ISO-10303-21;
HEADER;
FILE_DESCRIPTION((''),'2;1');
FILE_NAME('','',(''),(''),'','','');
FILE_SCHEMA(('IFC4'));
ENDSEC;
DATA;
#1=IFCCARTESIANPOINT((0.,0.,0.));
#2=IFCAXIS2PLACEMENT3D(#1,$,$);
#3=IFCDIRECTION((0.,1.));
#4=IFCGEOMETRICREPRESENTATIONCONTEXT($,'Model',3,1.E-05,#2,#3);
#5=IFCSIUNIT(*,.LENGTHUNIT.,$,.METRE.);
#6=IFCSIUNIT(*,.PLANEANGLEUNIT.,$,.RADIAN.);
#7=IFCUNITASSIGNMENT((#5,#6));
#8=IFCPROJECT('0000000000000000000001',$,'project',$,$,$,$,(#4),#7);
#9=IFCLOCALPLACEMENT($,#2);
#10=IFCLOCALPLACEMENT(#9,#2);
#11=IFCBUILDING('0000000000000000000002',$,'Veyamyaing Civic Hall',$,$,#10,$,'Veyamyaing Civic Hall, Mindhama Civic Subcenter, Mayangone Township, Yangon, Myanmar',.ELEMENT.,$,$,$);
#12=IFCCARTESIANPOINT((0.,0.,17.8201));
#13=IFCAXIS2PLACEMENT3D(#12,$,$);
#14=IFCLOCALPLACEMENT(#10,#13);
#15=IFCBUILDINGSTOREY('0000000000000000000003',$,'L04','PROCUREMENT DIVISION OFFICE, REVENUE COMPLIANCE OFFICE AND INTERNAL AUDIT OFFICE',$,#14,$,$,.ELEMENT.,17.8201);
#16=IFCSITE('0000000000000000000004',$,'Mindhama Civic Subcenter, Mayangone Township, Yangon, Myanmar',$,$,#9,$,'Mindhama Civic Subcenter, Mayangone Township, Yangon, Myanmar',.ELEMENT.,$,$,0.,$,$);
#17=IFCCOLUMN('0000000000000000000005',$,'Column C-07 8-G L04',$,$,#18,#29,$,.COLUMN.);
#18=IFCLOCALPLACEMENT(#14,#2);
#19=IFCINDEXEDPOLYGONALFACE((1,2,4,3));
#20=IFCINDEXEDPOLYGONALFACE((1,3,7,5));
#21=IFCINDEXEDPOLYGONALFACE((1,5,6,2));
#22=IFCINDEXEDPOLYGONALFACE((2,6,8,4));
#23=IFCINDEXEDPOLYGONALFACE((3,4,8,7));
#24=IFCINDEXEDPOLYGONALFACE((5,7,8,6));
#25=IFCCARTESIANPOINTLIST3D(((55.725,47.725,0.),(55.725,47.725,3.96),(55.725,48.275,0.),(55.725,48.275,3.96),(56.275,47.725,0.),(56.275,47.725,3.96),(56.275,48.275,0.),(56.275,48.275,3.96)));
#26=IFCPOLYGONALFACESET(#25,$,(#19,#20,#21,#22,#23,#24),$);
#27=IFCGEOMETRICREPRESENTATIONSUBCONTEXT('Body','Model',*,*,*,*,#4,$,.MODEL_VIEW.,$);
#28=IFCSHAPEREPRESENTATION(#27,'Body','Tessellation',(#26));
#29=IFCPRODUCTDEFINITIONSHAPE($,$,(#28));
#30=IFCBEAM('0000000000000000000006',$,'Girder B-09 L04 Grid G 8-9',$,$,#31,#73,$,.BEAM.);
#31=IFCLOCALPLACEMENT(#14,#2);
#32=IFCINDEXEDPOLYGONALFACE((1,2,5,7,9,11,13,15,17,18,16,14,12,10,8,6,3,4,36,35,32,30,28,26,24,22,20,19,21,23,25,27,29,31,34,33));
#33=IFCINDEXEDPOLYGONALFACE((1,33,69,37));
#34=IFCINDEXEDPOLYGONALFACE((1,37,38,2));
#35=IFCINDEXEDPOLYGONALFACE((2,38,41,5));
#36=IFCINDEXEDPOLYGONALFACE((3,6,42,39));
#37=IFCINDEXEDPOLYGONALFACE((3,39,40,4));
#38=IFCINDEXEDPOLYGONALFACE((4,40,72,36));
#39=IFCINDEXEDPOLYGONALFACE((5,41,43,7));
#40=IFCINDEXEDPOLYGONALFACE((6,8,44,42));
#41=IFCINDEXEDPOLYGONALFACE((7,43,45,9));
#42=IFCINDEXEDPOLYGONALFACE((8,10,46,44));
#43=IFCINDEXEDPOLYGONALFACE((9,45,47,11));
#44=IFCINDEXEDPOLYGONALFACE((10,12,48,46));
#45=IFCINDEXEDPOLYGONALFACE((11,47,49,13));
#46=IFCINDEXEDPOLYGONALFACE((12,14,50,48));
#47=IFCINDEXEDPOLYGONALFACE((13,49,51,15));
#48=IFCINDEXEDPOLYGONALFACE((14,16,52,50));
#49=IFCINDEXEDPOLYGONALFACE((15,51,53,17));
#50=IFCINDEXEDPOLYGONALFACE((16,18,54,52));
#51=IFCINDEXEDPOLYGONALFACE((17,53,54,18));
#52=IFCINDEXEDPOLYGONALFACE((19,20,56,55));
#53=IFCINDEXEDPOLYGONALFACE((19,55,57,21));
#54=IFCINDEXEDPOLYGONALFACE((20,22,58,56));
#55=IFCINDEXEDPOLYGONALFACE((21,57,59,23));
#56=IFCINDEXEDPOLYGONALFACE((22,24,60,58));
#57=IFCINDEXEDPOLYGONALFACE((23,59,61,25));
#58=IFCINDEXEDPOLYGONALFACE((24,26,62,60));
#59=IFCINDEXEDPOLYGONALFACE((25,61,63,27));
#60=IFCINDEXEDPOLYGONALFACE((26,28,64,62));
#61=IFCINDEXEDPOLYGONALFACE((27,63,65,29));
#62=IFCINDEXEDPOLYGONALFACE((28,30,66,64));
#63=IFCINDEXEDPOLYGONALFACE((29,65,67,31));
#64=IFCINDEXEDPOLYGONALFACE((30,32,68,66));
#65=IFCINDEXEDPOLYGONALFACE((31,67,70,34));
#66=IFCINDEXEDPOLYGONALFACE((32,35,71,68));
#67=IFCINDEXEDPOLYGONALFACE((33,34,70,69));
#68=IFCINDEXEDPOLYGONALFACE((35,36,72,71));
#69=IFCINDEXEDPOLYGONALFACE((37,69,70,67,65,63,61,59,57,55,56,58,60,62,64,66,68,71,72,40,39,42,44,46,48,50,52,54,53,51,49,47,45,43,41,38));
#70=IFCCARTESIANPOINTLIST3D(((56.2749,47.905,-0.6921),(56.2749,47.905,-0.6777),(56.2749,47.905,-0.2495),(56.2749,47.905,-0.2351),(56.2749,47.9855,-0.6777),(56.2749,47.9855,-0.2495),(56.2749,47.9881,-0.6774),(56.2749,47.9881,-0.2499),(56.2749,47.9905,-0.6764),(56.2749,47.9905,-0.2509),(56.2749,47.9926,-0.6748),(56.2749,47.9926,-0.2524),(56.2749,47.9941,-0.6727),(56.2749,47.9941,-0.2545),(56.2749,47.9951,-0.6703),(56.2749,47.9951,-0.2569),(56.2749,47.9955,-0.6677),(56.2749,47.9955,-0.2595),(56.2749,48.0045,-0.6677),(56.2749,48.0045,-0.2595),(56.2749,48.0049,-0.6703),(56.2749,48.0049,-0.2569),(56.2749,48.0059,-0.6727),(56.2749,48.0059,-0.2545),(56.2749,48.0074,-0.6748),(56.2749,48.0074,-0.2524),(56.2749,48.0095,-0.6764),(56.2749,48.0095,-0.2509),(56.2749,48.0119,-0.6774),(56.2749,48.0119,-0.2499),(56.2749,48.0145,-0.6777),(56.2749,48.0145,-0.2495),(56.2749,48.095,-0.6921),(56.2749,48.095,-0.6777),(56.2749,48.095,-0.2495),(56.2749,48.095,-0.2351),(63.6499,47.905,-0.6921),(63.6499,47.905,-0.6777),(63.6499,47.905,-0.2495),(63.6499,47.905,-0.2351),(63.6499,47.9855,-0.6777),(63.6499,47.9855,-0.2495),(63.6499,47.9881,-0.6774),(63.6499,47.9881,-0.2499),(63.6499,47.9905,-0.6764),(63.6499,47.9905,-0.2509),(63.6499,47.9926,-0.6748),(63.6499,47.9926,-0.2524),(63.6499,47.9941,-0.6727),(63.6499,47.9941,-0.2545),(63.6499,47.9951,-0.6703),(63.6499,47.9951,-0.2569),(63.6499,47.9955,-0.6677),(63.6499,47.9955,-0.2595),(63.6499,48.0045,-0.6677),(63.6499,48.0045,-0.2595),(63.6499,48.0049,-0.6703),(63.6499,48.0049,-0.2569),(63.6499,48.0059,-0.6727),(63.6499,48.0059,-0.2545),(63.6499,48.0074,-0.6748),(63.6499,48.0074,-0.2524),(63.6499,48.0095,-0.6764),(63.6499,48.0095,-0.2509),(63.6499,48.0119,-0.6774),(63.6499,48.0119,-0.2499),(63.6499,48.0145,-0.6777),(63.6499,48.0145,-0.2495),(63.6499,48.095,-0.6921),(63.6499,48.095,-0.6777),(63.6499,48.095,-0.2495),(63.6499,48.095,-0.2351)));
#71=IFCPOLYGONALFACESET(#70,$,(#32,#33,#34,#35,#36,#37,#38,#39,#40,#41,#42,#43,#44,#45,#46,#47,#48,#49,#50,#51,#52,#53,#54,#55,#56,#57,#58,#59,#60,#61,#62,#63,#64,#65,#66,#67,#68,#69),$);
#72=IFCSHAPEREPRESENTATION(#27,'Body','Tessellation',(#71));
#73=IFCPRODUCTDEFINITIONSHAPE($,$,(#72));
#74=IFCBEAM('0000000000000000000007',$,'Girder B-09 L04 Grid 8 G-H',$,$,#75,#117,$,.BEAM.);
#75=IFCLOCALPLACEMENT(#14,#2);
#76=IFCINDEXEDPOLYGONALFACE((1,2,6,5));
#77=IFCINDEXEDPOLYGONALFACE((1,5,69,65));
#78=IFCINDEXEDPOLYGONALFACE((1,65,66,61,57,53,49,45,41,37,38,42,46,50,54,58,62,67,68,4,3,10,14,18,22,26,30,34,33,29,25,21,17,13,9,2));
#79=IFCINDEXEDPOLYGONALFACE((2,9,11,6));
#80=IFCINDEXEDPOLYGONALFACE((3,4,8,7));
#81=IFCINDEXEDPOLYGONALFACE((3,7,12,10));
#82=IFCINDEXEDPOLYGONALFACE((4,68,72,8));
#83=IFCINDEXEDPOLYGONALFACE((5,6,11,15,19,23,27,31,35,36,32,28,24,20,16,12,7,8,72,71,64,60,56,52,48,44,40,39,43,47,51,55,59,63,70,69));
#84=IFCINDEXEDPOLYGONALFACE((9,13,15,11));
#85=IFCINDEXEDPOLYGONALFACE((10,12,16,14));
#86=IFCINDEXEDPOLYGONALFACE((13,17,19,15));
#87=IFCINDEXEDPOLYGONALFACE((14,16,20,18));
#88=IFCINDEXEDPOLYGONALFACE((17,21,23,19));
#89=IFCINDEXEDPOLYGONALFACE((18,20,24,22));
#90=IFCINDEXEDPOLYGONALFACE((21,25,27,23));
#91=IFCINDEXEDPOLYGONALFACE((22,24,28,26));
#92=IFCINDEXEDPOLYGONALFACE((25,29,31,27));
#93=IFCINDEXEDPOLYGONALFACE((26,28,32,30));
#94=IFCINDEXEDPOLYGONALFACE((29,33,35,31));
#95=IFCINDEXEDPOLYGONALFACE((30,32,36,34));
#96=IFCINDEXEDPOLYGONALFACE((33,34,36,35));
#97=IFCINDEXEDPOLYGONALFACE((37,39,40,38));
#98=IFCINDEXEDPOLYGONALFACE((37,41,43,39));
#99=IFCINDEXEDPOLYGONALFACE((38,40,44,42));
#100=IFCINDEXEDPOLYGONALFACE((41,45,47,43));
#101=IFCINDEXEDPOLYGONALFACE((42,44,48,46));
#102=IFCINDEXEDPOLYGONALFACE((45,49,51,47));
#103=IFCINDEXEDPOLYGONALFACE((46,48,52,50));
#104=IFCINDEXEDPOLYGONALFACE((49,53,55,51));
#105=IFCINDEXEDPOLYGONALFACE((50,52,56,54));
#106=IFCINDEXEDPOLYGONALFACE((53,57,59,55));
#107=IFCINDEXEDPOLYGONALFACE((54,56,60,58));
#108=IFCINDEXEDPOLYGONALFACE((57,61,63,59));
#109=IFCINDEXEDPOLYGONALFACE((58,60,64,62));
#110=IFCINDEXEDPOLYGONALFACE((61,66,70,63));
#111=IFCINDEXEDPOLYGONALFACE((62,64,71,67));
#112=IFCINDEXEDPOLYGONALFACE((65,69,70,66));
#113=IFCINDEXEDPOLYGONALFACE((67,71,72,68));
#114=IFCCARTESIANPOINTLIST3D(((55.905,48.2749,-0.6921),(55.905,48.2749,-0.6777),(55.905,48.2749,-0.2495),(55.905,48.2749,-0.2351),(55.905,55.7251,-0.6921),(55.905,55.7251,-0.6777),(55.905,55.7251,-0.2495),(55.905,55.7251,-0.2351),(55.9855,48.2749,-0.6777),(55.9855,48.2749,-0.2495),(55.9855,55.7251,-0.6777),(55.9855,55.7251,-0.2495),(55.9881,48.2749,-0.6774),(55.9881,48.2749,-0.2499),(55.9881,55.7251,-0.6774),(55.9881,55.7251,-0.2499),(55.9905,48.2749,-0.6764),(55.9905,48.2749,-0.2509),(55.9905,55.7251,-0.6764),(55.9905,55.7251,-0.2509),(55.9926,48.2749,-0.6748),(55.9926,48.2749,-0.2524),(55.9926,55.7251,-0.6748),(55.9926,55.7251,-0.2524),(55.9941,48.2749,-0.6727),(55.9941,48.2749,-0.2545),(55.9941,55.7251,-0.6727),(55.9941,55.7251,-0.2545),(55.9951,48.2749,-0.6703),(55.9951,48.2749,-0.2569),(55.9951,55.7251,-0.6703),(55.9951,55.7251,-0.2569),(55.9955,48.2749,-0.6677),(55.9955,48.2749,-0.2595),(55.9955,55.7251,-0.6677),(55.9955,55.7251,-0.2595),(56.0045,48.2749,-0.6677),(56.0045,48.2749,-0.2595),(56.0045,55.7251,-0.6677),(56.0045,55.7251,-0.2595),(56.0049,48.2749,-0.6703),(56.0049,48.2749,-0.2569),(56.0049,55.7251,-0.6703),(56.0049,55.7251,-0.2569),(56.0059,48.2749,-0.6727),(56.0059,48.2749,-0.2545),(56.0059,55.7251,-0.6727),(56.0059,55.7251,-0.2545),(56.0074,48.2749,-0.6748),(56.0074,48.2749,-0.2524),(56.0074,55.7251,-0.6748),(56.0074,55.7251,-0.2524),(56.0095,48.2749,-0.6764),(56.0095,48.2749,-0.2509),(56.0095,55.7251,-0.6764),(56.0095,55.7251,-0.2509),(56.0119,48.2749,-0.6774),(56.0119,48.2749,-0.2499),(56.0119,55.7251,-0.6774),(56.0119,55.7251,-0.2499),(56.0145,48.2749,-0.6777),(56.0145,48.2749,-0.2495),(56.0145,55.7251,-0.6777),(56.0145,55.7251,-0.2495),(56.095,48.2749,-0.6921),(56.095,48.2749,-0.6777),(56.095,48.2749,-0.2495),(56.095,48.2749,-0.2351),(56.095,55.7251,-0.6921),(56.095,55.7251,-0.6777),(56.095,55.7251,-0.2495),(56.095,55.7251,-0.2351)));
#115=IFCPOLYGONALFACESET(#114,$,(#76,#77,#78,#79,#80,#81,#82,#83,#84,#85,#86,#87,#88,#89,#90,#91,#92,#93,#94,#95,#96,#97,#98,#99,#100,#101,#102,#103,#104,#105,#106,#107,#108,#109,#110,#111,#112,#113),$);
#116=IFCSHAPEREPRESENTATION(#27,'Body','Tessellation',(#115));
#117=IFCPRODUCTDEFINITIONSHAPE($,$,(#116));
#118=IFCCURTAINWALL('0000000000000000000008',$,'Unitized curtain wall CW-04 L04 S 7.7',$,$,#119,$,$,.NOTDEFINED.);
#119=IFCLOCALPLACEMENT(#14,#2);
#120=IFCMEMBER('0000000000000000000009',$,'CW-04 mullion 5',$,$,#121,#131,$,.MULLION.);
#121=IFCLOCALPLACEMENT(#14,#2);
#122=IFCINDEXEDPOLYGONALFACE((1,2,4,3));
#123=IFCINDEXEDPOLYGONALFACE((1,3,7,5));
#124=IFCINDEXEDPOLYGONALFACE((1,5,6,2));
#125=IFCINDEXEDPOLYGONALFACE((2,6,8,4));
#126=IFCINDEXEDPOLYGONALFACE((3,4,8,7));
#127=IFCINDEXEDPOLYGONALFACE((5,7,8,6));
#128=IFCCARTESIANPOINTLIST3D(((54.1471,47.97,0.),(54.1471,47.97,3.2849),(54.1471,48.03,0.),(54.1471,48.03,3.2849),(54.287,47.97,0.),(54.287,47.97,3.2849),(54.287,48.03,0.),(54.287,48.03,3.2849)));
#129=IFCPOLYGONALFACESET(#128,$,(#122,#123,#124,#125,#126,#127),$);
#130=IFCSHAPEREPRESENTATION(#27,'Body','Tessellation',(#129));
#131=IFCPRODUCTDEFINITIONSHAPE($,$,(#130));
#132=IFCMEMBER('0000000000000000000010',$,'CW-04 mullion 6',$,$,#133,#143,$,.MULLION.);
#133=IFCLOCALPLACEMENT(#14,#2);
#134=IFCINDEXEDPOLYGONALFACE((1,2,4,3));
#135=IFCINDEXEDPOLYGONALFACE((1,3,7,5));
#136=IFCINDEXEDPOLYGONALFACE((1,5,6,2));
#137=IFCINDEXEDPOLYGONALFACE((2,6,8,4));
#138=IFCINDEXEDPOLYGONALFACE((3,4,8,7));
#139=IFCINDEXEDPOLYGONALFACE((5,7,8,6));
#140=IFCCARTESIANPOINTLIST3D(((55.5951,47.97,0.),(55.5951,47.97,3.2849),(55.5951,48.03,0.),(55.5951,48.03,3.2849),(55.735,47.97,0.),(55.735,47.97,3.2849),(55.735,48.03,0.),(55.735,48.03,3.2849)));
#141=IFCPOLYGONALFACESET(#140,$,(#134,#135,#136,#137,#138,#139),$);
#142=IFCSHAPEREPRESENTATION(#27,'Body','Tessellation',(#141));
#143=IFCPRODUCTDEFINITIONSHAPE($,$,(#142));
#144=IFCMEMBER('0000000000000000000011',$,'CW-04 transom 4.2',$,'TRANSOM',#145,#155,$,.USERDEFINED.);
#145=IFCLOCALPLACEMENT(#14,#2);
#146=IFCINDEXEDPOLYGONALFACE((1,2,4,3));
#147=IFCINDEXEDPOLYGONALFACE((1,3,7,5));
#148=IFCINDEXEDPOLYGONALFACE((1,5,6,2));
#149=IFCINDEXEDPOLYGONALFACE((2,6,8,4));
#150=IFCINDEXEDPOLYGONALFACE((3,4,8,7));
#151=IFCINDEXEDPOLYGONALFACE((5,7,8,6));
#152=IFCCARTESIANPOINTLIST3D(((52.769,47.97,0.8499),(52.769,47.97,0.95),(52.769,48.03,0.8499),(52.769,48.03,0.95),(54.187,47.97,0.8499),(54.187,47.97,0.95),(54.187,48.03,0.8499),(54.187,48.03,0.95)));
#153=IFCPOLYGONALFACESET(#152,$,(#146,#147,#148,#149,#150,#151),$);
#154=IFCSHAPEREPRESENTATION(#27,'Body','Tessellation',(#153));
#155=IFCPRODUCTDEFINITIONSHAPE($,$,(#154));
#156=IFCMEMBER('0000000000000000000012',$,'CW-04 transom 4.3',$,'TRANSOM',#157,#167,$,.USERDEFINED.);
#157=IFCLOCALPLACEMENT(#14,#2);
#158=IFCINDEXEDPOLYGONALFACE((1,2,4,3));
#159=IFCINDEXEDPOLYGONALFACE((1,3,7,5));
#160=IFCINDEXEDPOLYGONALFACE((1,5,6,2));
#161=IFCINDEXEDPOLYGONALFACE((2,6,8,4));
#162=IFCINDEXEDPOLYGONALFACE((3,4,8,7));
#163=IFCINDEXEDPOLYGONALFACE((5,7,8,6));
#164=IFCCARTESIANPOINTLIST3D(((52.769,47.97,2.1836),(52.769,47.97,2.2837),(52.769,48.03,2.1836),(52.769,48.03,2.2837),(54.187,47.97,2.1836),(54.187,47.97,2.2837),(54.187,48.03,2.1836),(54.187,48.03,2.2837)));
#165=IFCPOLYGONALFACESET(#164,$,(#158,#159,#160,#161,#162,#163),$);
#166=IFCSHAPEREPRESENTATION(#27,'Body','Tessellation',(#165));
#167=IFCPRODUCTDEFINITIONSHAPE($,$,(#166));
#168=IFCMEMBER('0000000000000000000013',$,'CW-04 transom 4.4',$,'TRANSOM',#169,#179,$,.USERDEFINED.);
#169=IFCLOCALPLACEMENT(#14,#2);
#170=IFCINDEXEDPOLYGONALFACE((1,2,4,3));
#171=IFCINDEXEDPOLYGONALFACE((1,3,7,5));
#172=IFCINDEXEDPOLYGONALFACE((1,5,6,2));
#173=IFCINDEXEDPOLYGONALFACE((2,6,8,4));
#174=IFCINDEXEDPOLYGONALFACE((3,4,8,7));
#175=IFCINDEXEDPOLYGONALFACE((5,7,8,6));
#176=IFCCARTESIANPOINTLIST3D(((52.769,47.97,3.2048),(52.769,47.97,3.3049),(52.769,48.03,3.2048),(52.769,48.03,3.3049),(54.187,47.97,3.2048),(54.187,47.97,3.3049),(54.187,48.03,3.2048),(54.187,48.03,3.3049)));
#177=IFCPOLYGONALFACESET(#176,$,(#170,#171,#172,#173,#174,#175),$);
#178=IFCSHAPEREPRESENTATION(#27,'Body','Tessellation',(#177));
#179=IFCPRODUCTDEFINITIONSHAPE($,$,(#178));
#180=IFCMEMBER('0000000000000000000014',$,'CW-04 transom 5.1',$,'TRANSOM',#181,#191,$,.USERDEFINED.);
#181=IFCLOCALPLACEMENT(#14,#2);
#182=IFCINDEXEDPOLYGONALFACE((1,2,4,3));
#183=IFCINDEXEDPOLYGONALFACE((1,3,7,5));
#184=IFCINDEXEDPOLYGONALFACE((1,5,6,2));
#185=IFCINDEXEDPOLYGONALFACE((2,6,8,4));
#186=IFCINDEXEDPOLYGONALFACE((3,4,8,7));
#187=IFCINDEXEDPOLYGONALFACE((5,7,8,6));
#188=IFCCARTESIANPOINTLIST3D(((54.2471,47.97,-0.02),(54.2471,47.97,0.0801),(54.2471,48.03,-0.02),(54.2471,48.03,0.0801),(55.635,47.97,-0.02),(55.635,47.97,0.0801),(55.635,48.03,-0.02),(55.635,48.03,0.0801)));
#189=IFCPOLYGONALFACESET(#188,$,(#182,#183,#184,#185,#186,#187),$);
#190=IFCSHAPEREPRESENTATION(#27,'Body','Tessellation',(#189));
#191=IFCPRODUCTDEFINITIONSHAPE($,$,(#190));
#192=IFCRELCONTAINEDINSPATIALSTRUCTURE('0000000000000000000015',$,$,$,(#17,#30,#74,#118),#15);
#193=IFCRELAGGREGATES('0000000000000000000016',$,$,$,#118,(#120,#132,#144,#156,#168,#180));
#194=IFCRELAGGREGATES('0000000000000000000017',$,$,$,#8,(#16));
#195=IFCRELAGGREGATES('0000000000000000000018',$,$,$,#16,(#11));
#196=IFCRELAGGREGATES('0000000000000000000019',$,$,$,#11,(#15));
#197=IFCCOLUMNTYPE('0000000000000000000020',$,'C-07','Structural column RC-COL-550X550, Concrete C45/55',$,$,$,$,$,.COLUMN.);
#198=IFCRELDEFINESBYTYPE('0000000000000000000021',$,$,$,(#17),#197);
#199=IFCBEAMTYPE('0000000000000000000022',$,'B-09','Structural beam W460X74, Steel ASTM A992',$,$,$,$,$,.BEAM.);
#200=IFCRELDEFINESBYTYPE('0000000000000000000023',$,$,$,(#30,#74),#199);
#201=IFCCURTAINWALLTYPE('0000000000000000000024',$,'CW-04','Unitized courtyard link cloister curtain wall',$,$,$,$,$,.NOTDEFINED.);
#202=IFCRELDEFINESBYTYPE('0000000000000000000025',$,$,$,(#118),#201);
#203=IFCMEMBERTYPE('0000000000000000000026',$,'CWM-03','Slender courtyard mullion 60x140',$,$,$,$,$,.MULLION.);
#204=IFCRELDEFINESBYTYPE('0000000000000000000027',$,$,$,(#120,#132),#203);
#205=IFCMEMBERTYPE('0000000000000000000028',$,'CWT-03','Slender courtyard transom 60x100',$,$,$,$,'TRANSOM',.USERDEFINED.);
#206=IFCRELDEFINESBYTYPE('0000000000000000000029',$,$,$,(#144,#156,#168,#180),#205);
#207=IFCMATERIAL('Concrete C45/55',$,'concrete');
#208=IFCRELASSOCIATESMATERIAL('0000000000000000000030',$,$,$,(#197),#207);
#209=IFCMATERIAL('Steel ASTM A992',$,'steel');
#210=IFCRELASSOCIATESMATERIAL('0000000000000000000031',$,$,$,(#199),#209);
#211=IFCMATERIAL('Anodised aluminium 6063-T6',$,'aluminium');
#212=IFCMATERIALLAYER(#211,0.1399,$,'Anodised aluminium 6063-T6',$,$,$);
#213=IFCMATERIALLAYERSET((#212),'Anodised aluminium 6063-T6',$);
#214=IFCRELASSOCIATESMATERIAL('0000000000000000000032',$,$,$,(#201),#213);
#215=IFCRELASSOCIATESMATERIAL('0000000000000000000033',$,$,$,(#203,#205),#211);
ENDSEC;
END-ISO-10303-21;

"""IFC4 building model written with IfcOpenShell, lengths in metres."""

from ifc_helpers import new_model, si_unit, direction, frame, origin, origin_2d, place, context, subcontext, project, spatial, rectangle, i_section, extrude, material, layer, layer_set, material_profile, profile_set, type_object, element, aggregate, save


model = new_model("IFC4")

# Units and contexts
model_context = context("Model", 3, precision=1e-05, world=origin(), true_north=direction((0.0, 1.0)))
body_context = subcontext(model_context, "Body", "Model", "MODEL_VIEW")
ifc_project = project(units=[si_unit("LENGTHUNIT", "METRE"), si_unit("PLANEANGLEUNIT", "RADIAN")], contexts=[model_context])

# Site, building, storey
site_placement = place(None, origin())
site = spatial("IfcSite", under=ifc_project, at=site_placement, Name="Mindhama Civic Subcenter, Mayangone Township, Yangon, Myanmar", LongName="Mindhama Civic Subcenter, Mayangone Township, Yangon, Myanmar", CompositionType="ELEMENT", RefElevation=0.0)
building_placement = place(site_placement, origin())
building = spatial("IfcBuilding", under=site, at=building_placement, Name="Veyamyaing Civic Hall", LongName="Veyamyaing Civic Hall, Mindhama Civic Subcenter, Mayangone Township, Yangon, Myanmar", CompositionType="ELEMENT")
storey_placement = place(building_placement, frame((0.0, 0.0, 17.8201)))
storey = spatial("IfcBuildingStorey", under=building, at=storey_placement, Name="L04", Description="PROCUREMENT DIVISION OFFICE, REVENUE COMPLIANCE OFFICE AND INTERNAL AUDIT OFFICE", CompositionType="ELEMENT", Elevation=17.8201)

# Column
ifc_material_1 = material(Name="Concrete C45/55", Category="concrete")
ifc_material_profile_1 = material_profile(ifc_material_1, rectangle(XDim=0.55, YDim=0.55, at=origin_2d()), Name="RC-COL-550X550")
ifc_profile_set_1 = profile_set([ifc_material_profile_1], Name="Concrete C45/55")
column_type = type_object("IfcColumnType", Name="C-07", Description="Structural column RC-COL-550X550, Concrete C45/55", PredefinedType="COLUMN", material=ifc_profile_set_1)
column_placement = place(storey_placement, frame((56.0, 48.0, 0.0), z_axis=(0.0, 0.0, 1.0), x_axis=(1.0, 0.0, 0.0)))
element("IfcColumn", 1, at=column_placement, inside=storey, type_object=column_type, Name="Column C-07 8-G L04", PredefinedType="COLUMN", context=body_context, shape_type="SweptSolid", body=[
    extrude(rectangle(XDim=0.55, YDim=0.55, at=origin_2d()), origin(), (0.0, 0.0, 1.0), 3.96),
])

# Beams
ifc_material_2 = material(Name="Steel ASTM A992", Category="steel")
ifc_material_profile_2 = material_profile(ifc_material_2, i_section(OverallWidth=0.1899, OverallDepth=0.457, WebThickness=0.009, FlangeThickness=0.0144, FilletRadius=0.01, at=origin_2d()), Name="W460X74")
ifc_profile_set_2 = profile_set([ifc_material_profile_2], Name="Steel ASTM A992")
beam_type_1 = type_object("IfcBeamType", Name="B-09", Description="Structural beam W460X74, Steel ASTM A992", PredefinedType="BEAM", material=ifc_profile_set_2)
beam_1_placement = place(storey_placement, frame((56.2749, 48.0, -0.4636), z_axis=(1.0, 0.0, 0.0), x_axis=(0.0, 1.0, 0.0)))
element("IfcBeam", 2, at=beam_1_placement, inside=storey, type_object=beam_type_1, Name="Girder B-09 L04 Grid G 8-9", PredefinedType="BEAM", context=body_context, shape_type="SweptSolid", body=[
    extrude(i_section(OverallWidth=0.1899, OverallDepth=0.457, WebThickness=0.009, FlangeThickness=0.0144, FilletRadius=0.01, at=origin_2d()), origin(), (0.0, 0.0, 1.0), 7.375),
])
beam_2_placement = place(storey_placement, frame((56.0, 48.2749, -0.4636), z_axis=(0.0, 1.0, 0.0), x_axis=(-1.0, 0.0, 0.0)))
element("IfcBeam", 3, at=beam_2_placement, inside=storey, type_object=beam_type_1, Name="Girder B-09 L04 Grid 8 G-H", PredefinedType="BEAM", context=body_context, shape_type="SweptSolid", body=[
    extrude(i_section(OverallWidth=0.1899, OverallDepth=0.457, WebThickness=0.009, FlangeThickness=0.0144, FilletRadius=0.01, at=origin_2d()), origin(), (0.0, 0.0, 1.0), 7.4502),
])

# Curtain wall, members
ifc_material_3 = material(Name="Anodised aluminium 6063-T6", Category="aluminium")
ifc_layer_1 = layer(ifc_material_3, 0.1399, Name="Anodised aluminium 6063-T6")
ifc_layer_set_1 = layer_set([ifc_layer_1], Name="Anodised aluminium 6063-T6")
curtain_wall_type = type_object("IfcCurtainWallType", Name="CW-04", Description="Unitized courtyard link cloister curtain wall", PredefinedType="NOTDEFINED", material=ifc_layer_set_1)
curtain_wall_1_placement = place(storey_placement, origin())
curtain_wall_1 = element("IfcCurtainWall", 4, at=curtain_wall_1_placement, inside=storey, type_object=curtain_wall_type, Name="Unitized curtain wall CW-04 L04 S 7.7", PredefinedType="NOTDEFINED")
ifc_material_profile_3 = material_profile(ifc_material_3, rectangle(XDim=0.0601, YDim=0.1399, at=origin_2d()), Name="ALU-MUL-60X140")
ifc_profile_set_3 = profile_set([ifc_material_profile_3], Name="Anodised aluminium 6063-T6")
member_type_1 = type_object("IfcMemberType", Name="CWM-03", Description="Slender courtyard mullion 60x140", PredefinedType="MULLION", material=ifc_profile_set_3)
member_1_placement = place(storey_placement, frame((54.217, 48.0, 0.0), z_axis=(0.0, 0.0, 1.0), x_axis=(0.0, 1.0, 0.0)))
member_1 = element("IfcMember", 5, at=member_1_placement, type_object=member_type_1, Name="CW-04 mullion 5", PredefinedType="MULLION", context=body_context, shape_type="SweptSolid", body=[
    extrude(rectangle(XDim=0.0601, YDim=0.1399, at=origin_2d()), origin(), (0.0, 0.0, 1.0), 3.2849),
])
member_2_placement = place(storey_placement, frame((55.665, 48.0, 0.0), z_axis=(0.0, 0.0, 1.0), x_axis=(0.0, 1.0, 0.0)))
member_2 = element("IfcMember", 6, at=member_2_placement, type_object=member_type_1, Name="CW-04 mullion 6", PredefinedType="MULLION", context=body_context, shape_type="SweptSolid", body=[
    extrude(rectangle(XDim=0.0601, YDim=0.1399, at=origin_2d()), origin(), (0.0, 0.0, 1.0), 3.2849),
])
ifc_material_profile_4 = material_profile(ifc_material_3, rectangle(XDim=0.0601, YDim=0.1001, at=origin_2d()), Name="ALU-TRN-60X100")
ifc_profile_set_4 = profile_set([ifc_material_profile_4], Name="Anodised aluminium 6063-T6")
member_type_2 = type_object("IfcMemberType", Name="CWT-03", Description="Slender courtyard transom 60x100", ElementType="TRANSOM", PredefinedType="USERDEFINED", material=ifc_profile_set_4)
member_3_placement = place(storey_placement, frame((52.769, 48.0, 0.8999), z_axis=(1.0, 0.0, 0.0), x_axis=(0.0, 1.0, 0.0)))
member_3 = element("IfcMember", 7, at=member_3_placement, type_object=member_type_2, Name="CW-04 transom 4.2", ObjectType="TRANSOM", PredefinedType="USERDEFINED", context=body_context, shape_type="SweptSolid", body=[
    extrude(rectangle(XDim=0.0601, YDim=0.1001, at=origin_2d()), origin(), (0.0, 0.0, 1.0), 1.418),
])
member_4_placement = place(storey_placement, frame((52.769, 48.0, 2.2336), z_axis=(1.0, 0.0, 0.0), x_axis=(0.0, 1.0, 0.0)))
member_4 = element("IfcMember", 8, at=member_4_placement, type_object=member_type_2, Name="CW-04 transom 4.3", ObjectType="TRANSOM", PredefinedType="USERDEFINED", context=body_context, shape_type="SweptSolid", body=[
    extrude(rectangle(XDim=0.0601, YDim=0.1001, at=origin_2d()), origin(), (0.0, 0.0, 1.0), 1.418),
])
member_5_placement = place(storey_placement, frame((52.769, 48.0, 3.2549), z_axis=(1.0, 0.0, 0.0), x_axis=(0.0, 1.0, 0.0)))
member_5 = element("IfcMember", 9, at=member_5_placement, type_object=member_type_2, Name="CW-04 transom 4.4", ObjectType="TRANSOM", PredefinedType="USERDEFINED", context=body_context, shape_type="SweptSolid", body=[
    extrude(rectangle(XDim=0.0601, YDim=0.1001, at=origin_2d()), origin(), (0.0, 0.0, 1.0), 1.418),
])
member_6_placement = place(storey_placement, frame((54.2471, 48.0, 0.03), z_axis=(1.0, 0.0, 0.0), x_axis=(0.0, 1.0, 0.0)))
member_6 = element("IfcMember", 10, at=member_6_placement, type_object=member_type_2, Name="CW-04 transom 5.1", ObjectType="TRANSOM", PredefinedType="USERDEFINED", context=body_context, shape_type="SweptSolid", body=[
    extrude(rectangle(XDim=0.0601, YDim=0.1001, at=origin_2d()), origin(), (0.0, 0.0, 1.0), 1.3879),
])

aggregate(curtain_wall_1, [member_1, member_2, member_3, member_4, member_5, member_6])

save(model, "model.ifc")
